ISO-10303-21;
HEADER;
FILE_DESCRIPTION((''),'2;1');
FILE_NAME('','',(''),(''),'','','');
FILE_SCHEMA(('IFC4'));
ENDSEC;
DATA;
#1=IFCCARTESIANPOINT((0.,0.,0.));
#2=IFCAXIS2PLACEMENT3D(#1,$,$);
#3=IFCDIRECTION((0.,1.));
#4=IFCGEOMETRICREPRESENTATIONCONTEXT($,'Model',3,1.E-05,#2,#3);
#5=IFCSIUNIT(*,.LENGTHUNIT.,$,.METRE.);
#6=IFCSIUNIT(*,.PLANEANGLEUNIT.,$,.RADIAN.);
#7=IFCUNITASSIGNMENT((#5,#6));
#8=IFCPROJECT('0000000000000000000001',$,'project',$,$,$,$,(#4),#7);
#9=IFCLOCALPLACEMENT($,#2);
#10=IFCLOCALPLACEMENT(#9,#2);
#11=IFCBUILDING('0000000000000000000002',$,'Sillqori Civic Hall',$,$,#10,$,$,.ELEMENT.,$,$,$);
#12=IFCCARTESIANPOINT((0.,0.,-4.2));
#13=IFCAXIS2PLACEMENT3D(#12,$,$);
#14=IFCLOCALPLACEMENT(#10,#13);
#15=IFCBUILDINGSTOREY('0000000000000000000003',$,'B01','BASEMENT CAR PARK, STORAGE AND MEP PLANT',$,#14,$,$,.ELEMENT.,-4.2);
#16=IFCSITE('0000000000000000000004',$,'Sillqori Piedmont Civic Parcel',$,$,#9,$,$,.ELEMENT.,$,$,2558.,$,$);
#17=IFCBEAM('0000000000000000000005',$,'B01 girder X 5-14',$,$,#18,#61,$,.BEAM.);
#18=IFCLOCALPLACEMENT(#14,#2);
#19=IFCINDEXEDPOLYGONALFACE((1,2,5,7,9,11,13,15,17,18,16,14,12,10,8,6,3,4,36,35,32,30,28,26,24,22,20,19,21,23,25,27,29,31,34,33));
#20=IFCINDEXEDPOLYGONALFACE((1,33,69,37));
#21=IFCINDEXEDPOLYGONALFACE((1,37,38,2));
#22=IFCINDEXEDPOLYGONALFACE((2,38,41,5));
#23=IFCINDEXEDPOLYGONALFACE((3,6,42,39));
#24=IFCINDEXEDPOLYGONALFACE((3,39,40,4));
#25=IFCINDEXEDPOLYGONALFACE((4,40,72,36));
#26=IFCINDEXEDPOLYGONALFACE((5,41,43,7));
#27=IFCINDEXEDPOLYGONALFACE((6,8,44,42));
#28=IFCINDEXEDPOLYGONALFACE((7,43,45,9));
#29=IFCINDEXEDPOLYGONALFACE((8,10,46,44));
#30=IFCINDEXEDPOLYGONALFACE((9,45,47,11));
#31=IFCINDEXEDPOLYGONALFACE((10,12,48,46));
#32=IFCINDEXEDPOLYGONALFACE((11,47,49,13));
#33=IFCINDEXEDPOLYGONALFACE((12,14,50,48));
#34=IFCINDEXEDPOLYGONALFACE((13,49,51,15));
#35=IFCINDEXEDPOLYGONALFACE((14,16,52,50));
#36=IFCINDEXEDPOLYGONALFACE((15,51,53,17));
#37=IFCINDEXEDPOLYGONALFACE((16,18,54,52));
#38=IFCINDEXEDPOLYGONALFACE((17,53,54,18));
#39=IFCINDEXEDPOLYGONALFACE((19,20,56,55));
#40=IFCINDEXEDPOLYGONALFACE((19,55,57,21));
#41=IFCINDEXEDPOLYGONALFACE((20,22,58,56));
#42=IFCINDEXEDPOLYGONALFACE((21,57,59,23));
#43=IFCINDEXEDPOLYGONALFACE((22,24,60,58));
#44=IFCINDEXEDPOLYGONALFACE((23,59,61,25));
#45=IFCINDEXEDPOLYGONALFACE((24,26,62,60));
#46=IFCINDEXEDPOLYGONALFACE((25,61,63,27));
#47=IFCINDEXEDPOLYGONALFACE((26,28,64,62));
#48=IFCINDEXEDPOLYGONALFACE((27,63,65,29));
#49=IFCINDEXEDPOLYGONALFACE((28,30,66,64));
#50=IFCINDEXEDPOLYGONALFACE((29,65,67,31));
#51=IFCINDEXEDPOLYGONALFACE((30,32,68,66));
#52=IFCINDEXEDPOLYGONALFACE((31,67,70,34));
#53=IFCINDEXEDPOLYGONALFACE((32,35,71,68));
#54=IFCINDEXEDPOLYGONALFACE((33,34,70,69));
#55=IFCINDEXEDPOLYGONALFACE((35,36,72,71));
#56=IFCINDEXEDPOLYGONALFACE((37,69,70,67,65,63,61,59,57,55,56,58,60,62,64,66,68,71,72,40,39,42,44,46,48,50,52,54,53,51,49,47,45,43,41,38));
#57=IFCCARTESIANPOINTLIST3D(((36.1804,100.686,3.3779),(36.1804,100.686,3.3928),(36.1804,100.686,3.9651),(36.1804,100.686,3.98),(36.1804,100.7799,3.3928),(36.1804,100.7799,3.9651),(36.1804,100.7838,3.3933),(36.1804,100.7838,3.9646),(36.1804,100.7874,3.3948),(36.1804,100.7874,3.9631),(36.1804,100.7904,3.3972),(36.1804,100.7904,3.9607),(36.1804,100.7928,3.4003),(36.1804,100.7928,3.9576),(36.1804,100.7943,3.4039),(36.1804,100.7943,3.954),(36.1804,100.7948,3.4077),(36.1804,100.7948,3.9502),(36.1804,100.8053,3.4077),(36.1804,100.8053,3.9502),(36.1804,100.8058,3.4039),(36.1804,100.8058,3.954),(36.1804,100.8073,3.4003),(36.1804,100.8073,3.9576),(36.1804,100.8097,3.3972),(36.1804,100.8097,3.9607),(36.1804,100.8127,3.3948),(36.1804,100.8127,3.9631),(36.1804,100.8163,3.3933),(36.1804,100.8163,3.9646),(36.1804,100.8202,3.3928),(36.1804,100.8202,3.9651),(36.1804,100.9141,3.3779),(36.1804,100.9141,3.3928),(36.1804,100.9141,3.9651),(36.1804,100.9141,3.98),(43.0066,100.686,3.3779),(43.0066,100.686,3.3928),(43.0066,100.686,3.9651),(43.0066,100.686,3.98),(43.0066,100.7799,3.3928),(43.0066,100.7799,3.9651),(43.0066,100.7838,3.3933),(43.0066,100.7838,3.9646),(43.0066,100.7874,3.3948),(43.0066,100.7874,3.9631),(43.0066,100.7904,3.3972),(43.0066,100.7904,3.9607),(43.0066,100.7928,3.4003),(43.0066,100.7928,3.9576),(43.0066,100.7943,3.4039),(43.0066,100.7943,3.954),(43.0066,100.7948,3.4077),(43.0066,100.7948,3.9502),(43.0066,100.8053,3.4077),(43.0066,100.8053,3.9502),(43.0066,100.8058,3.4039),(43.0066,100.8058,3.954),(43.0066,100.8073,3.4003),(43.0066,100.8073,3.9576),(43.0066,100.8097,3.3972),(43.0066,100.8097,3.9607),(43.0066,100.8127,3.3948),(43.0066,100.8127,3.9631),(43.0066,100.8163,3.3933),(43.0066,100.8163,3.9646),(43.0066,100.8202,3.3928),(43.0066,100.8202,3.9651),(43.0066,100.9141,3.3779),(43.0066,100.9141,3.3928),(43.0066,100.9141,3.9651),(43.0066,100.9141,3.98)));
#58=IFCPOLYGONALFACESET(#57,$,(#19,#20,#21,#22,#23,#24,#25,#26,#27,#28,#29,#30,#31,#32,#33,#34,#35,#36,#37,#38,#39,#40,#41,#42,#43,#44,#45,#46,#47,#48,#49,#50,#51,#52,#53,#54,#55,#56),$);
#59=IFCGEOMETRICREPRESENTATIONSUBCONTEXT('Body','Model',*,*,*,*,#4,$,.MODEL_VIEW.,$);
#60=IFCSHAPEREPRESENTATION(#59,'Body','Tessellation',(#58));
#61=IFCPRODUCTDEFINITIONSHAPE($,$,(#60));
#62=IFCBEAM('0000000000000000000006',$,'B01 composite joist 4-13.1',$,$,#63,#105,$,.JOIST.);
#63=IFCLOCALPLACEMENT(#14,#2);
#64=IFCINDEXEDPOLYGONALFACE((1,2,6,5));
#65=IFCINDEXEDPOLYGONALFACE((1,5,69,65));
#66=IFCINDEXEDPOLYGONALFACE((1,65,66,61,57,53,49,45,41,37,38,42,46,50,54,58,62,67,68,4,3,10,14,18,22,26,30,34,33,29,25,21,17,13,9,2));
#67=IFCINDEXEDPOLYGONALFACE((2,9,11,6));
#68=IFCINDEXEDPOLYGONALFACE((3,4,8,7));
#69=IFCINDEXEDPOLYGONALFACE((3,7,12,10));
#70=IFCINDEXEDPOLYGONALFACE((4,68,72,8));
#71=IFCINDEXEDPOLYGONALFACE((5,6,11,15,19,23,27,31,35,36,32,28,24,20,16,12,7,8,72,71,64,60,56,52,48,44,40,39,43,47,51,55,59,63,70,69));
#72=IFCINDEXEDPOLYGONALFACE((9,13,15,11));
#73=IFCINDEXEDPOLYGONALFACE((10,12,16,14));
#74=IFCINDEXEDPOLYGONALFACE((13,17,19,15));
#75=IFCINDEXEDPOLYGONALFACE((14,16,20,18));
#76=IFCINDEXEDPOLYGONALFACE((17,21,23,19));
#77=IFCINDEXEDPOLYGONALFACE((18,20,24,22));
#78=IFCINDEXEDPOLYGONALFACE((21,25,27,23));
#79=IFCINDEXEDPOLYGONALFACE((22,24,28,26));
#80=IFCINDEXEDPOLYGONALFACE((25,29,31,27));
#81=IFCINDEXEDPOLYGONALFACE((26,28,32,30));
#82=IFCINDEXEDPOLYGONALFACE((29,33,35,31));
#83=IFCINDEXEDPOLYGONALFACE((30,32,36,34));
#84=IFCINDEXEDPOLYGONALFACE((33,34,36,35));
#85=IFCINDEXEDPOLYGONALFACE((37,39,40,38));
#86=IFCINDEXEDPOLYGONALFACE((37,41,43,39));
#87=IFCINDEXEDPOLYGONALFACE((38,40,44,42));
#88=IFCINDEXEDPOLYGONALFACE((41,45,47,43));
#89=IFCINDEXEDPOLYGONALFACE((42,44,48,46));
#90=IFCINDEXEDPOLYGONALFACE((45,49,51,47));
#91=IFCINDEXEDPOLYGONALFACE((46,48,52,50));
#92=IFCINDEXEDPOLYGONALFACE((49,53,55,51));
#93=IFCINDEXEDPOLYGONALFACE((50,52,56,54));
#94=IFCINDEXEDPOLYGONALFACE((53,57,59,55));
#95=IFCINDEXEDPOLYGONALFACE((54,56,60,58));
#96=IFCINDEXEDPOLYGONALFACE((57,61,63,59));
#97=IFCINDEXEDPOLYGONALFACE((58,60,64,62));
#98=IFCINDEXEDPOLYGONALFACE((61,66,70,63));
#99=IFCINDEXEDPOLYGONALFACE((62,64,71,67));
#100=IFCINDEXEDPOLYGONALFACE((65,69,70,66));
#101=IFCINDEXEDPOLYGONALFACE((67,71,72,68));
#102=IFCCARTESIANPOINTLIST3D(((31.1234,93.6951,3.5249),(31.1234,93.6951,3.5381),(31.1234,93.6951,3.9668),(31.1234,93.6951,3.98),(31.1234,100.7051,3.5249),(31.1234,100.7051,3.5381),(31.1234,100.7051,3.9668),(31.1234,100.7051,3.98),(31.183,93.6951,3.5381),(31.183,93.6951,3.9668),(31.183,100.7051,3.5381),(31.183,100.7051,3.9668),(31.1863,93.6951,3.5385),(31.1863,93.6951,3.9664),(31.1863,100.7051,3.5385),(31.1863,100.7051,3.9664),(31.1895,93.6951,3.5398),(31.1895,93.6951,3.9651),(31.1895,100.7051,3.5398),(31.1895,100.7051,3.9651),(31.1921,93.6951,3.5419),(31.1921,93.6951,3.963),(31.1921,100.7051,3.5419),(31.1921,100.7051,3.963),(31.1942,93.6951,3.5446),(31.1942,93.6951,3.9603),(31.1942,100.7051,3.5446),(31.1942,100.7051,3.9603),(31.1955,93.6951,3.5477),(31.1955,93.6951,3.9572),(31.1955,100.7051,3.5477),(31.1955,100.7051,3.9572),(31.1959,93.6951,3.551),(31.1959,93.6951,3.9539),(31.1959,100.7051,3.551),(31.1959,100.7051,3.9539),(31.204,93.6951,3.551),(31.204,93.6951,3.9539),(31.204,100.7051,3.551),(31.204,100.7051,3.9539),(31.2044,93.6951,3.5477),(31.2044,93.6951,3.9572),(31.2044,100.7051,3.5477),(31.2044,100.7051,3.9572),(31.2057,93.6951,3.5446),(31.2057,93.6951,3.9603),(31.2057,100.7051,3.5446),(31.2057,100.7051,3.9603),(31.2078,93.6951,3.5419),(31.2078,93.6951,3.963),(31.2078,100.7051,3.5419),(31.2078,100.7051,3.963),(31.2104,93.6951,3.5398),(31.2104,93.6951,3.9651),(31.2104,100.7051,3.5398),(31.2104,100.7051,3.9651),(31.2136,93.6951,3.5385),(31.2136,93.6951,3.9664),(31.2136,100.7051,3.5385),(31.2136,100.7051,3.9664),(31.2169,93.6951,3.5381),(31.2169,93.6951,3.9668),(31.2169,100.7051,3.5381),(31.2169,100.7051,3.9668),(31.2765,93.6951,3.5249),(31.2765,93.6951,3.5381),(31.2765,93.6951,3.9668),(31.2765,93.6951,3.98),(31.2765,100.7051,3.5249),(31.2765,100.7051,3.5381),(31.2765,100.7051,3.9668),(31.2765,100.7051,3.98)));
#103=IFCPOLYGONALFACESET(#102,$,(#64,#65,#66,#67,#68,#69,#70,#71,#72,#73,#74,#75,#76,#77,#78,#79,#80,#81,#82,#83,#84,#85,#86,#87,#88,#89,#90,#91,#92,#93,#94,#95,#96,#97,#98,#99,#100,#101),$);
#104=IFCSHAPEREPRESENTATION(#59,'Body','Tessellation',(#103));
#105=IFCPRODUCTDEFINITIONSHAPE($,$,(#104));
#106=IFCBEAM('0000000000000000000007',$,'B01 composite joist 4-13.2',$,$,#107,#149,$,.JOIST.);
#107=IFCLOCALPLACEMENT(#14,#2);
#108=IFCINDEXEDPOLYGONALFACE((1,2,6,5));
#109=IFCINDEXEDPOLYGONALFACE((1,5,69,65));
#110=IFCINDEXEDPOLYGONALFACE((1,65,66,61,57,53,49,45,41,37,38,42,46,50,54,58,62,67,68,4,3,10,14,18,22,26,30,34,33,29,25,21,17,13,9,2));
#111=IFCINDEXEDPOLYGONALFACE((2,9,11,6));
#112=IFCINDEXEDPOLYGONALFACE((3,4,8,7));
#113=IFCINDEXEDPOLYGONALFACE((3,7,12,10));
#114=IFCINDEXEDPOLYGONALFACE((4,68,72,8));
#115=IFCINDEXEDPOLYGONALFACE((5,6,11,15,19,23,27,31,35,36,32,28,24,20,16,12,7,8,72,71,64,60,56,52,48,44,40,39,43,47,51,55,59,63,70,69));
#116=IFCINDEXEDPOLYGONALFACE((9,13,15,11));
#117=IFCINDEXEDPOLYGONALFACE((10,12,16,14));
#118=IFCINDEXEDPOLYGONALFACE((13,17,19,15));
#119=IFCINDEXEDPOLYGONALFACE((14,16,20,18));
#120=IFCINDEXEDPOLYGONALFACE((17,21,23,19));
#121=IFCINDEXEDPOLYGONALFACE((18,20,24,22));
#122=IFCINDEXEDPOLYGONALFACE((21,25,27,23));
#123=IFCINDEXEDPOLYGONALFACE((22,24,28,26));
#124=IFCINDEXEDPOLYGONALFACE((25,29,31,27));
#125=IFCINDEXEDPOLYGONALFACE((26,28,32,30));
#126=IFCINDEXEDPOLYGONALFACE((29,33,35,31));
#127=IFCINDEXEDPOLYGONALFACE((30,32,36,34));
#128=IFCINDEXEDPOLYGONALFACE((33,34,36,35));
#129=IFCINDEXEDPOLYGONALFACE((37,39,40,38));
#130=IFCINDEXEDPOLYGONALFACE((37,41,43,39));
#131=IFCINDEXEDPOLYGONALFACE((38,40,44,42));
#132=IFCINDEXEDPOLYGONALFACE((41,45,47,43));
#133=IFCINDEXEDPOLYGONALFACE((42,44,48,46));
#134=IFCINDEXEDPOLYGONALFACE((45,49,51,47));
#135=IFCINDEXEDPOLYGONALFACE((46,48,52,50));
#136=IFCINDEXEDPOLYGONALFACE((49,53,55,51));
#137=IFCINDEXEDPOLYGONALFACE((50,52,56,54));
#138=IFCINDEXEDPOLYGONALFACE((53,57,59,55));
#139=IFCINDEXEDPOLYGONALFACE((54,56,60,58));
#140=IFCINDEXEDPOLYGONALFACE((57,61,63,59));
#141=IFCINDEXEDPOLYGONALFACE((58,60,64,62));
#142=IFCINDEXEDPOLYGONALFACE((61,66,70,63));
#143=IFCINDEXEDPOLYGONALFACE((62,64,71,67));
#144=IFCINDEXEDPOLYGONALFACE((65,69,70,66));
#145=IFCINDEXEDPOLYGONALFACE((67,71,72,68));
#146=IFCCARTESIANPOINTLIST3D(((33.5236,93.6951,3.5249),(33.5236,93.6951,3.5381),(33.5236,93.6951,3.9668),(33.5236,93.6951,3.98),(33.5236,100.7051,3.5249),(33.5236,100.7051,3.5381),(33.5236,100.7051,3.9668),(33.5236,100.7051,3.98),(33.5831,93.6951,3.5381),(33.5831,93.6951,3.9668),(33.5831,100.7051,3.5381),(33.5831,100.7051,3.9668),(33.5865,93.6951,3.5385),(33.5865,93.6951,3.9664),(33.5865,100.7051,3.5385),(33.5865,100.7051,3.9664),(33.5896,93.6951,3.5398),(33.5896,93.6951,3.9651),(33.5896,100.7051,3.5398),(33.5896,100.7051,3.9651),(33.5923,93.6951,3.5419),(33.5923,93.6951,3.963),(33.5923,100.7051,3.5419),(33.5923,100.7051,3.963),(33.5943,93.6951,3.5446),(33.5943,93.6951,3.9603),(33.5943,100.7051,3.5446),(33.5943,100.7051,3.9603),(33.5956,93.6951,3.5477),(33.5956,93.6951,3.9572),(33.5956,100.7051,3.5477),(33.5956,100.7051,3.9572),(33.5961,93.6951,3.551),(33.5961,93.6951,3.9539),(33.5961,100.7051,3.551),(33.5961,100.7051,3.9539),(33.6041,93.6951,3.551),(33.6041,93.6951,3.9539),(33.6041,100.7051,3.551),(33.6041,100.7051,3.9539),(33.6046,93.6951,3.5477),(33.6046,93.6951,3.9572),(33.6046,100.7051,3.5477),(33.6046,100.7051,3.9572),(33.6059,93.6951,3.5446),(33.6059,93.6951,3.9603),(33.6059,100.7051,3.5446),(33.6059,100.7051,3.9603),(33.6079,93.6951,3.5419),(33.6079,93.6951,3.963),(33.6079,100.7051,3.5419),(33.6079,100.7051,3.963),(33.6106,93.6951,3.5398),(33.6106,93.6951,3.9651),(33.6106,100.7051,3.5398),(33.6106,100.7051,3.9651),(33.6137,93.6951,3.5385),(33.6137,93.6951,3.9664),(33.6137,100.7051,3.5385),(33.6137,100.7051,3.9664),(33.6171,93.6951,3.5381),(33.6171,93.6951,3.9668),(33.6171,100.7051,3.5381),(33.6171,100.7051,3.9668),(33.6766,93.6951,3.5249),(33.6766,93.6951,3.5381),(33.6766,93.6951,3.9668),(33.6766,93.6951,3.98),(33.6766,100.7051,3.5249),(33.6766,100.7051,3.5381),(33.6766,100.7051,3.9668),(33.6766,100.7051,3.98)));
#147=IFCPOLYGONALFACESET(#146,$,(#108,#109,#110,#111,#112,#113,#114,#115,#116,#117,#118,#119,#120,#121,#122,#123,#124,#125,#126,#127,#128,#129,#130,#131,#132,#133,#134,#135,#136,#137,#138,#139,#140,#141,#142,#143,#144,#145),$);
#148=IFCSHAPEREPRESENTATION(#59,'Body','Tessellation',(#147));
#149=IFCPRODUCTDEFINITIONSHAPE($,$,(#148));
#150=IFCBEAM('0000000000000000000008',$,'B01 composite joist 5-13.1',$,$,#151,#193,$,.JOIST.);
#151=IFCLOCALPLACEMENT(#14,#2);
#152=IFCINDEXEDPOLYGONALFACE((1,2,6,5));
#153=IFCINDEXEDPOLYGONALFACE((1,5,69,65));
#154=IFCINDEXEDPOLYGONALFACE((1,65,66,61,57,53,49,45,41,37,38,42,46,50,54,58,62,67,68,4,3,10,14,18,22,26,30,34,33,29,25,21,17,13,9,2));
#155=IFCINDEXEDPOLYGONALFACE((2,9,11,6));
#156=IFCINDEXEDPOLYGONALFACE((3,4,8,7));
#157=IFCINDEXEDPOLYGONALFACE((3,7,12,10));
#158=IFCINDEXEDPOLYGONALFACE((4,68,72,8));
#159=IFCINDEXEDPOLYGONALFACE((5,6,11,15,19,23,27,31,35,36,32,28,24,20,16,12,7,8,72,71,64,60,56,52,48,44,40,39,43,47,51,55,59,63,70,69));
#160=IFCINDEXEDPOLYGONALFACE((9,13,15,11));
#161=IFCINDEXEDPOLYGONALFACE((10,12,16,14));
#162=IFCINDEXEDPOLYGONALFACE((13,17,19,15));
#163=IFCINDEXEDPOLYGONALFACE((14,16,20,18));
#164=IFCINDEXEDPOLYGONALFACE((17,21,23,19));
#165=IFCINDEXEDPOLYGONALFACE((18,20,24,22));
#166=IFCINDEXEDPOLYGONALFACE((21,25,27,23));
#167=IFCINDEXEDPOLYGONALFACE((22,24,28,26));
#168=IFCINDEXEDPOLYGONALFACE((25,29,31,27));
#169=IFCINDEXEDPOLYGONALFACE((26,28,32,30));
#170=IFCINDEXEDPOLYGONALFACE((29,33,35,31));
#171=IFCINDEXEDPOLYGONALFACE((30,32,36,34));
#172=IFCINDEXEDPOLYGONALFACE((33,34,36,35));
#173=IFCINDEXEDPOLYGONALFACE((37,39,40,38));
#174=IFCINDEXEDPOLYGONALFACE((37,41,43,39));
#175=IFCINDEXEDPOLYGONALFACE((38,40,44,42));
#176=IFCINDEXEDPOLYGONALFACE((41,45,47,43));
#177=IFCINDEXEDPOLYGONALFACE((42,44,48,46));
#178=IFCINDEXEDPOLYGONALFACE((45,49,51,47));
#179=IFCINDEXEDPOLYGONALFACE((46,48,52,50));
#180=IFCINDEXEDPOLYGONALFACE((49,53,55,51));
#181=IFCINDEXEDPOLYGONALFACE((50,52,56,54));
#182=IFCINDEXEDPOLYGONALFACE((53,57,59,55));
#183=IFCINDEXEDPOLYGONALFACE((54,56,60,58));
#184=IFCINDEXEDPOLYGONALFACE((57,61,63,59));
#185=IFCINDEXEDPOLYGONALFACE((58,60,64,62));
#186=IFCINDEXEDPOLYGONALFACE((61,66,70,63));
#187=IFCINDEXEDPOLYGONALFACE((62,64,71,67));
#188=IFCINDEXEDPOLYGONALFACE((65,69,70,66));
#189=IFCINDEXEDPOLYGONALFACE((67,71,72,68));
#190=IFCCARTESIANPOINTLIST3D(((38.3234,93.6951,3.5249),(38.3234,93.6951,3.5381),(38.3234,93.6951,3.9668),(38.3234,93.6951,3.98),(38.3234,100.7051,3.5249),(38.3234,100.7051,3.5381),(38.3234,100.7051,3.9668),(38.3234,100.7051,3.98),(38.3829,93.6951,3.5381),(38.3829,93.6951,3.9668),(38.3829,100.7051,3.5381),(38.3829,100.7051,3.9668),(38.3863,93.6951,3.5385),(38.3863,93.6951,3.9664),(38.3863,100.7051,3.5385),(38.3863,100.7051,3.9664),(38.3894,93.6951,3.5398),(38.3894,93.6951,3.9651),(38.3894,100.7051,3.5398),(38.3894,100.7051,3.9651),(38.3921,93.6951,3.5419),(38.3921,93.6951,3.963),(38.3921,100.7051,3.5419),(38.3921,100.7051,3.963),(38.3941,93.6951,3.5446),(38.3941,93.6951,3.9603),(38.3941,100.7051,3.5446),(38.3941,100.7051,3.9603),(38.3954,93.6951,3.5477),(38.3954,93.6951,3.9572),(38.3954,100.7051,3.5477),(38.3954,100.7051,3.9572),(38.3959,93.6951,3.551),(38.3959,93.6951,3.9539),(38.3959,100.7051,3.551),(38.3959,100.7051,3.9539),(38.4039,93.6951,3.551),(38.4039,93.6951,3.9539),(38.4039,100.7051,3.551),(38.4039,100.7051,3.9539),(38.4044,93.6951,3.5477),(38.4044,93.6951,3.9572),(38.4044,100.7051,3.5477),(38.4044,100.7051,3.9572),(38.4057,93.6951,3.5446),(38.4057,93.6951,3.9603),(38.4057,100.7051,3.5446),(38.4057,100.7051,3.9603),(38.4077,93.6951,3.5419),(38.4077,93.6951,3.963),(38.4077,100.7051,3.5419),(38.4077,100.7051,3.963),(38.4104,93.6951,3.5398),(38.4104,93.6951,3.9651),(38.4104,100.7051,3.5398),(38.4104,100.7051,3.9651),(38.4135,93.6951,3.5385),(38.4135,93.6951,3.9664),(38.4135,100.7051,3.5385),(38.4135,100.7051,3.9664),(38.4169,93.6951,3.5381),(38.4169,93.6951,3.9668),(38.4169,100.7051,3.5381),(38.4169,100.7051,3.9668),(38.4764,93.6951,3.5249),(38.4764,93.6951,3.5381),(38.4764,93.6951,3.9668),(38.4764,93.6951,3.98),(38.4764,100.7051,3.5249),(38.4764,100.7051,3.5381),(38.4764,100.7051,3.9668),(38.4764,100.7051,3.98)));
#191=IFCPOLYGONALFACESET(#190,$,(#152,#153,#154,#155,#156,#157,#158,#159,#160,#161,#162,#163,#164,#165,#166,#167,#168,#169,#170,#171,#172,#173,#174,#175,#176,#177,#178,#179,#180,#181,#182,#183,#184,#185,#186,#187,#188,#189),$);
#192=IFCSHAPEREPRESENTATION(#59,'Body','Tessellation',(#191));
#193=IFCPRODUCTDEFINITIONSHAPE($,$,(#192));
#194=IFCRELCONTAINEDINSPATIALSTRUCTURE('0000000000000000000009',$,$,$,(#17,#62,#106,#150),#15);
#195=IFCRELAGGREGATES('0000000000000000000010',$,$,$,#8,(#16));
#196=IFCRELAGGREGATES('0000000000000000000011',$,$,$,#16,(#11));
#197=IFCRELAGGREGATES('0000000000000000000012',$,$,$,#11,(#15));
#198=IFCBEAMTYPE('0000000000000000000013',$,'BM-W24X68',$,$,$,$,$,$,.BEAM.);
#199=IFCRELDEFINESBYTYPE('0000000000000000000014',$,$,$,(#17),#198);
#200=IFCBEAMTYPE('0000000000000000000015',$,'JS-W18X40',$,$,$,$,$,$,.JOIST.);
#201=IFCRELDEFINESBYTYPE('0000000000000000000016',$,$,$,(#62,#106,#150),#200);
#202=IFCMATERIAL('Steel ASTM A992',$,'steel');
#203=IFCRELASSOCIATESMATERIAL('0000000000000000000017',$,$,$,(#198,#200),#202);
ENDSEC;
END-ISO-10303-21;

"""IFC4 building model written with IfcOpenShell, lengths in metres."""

from ifc_helpers import new_model, si_unit, direction, frame, origin, origin_2d, place, context, subcontext, project, spatial, i_section, extrude, material, material_profile, profile_set, type_object, element, save


model = new_model("IFC4")

# Units and contexts
model_context = context("Model", 3, precision=1e-05, world=origin(), true_north=direction((0.0, 1.0)))
body_context = subcontext(model_context, "Body", "Model", "MODEL_VIEW")
ifc_project = project(units=[si_unit("LENGTHUNIT", "METRE"), si_unit("PLANEANGLEUNIT", "RADIAN")], contexts=[model_context])

# Site, building, storey
site_placement = place(None, origin())
site = spatial("IfcSite", under=ifc_project, at=site_placement, Name="Sillqori Piedmont Civic Parcel", CompositionType="ELEMENT", RefElevation=2558.0)
building_placement = place(site_placement, origin())
building = spatial("IfcBuilding", under=site, at=building_placement, Name="Sillqori Civic Hall", CompositionType="ELEMENT")
storey_placement = place(building_placement, frame((0.0, 0.0, -4.2)))
storey = spatial("IfcBuildingStorey", under=building, at=storey_placement, Name="B01", Description="BASEMENT CAR PARK, STORAGE AND MEP PLANT", CompositionType="ELEMENT", Elevation=-4.2)

# Shared definitions
ifc_material_1 = material(Name="Steel ASTM A992", Category="steel")

# Beams
ifc_material_profile_1 = material_profile(ifc_material_1, i_section(OverallWidth=0.228, OverallDepth=0.6021, WebThickness=0.0105, FlangeThickness=0.0149, FilletRadius=0.0149, at=origin_2d()), Name="W24X68")
ifc_profile_set_1 = profile_set([ifc_material_profile_1], Name="Steel ASTM A992")
beam_type_1 = type_object("IfcBeamType", Name="BM-W24X68", PredefinedType="BEAM", material=ifc_profile_set_1)
beam_1_placement = place(storey_placement, frame((36.1804, 100.8, 3.679), z_axis=(1.0, 0.0, 0.0), x_axis=(0.0, 1.0, 0.0)))
element("IfcBeam", 1, at=beam_1_placement, inside=storey, type_object=beam_type_1, Name="B01 girder X 5-14", PredefinedType="BEAM", context=body_context, shape_type="SweptSolid", body=[
    extrude(i_section(OverallWidth=0.228, OverallDepth=0.6021, WebThickness=0.0105, FlangeThickness=0.0149, FilletRadius=0.0149, at=origin_2d()), origin(), (0.0, 0.0, 1.0), 6.8262),
])
ifc_material_profile_2 = material_profile(ifc_material_1, i_section(OverallWidth=0.1531, OverallDepth=0.4551, WebThickness=0.0081, FlangeThickness=0.0132, FilletRadius=0.0129, at=origin_2d()), Name="W18X40")
ifc_profile_set_2 = profile_set([ifc_material_profile_2], Name="Steel ASTM A992")
beam_type_2 = type_object("IfcBeamType", Name="JS-W18X40", PredefinedType="JOIST", material=ifc_profile_set_2)
for number, where, z_axis, x_axis, name in (
    (2, (31.2, 93.6951, 3.7524), (0.0, 1.0, 0.0), (-1.0, 0.0, 0.0), "B01 composite joist 4-13.1"),
    (3, (33.6001, 93.6951, 3.7524), (0.0, 1.0, 0.0), (-1.0, 0.0, 0.0), "B01 composite joist 4-13.2"),
    (4, (38.3999, 93.6951, 3.7524), (0.0, 1.0, 0.0), (-1.0, 0.0, 0.0), "B01 composite joist 5-13.1"),
):
    element("IfcBeam", number, at=place(storey_placement, frame(where, z_axis=z_axis, x_axis=x_axis)), inside=storey, type_object=beam_type_2, Name=name, PredefinedType="JOIST", context=body_context, shape_type="SweptSolid", body=[
        extrude(i_section(OverallWidth=0.1531, OverallDepth=0.4551, WebThickness=0.0081, FlangeThickness=0.0132, FilletRadius=0.0129, at=origin_2d()), origin(), (0.0, 0.0, 1.0), 7.01),
    ])

save(model, "model.ifc")
